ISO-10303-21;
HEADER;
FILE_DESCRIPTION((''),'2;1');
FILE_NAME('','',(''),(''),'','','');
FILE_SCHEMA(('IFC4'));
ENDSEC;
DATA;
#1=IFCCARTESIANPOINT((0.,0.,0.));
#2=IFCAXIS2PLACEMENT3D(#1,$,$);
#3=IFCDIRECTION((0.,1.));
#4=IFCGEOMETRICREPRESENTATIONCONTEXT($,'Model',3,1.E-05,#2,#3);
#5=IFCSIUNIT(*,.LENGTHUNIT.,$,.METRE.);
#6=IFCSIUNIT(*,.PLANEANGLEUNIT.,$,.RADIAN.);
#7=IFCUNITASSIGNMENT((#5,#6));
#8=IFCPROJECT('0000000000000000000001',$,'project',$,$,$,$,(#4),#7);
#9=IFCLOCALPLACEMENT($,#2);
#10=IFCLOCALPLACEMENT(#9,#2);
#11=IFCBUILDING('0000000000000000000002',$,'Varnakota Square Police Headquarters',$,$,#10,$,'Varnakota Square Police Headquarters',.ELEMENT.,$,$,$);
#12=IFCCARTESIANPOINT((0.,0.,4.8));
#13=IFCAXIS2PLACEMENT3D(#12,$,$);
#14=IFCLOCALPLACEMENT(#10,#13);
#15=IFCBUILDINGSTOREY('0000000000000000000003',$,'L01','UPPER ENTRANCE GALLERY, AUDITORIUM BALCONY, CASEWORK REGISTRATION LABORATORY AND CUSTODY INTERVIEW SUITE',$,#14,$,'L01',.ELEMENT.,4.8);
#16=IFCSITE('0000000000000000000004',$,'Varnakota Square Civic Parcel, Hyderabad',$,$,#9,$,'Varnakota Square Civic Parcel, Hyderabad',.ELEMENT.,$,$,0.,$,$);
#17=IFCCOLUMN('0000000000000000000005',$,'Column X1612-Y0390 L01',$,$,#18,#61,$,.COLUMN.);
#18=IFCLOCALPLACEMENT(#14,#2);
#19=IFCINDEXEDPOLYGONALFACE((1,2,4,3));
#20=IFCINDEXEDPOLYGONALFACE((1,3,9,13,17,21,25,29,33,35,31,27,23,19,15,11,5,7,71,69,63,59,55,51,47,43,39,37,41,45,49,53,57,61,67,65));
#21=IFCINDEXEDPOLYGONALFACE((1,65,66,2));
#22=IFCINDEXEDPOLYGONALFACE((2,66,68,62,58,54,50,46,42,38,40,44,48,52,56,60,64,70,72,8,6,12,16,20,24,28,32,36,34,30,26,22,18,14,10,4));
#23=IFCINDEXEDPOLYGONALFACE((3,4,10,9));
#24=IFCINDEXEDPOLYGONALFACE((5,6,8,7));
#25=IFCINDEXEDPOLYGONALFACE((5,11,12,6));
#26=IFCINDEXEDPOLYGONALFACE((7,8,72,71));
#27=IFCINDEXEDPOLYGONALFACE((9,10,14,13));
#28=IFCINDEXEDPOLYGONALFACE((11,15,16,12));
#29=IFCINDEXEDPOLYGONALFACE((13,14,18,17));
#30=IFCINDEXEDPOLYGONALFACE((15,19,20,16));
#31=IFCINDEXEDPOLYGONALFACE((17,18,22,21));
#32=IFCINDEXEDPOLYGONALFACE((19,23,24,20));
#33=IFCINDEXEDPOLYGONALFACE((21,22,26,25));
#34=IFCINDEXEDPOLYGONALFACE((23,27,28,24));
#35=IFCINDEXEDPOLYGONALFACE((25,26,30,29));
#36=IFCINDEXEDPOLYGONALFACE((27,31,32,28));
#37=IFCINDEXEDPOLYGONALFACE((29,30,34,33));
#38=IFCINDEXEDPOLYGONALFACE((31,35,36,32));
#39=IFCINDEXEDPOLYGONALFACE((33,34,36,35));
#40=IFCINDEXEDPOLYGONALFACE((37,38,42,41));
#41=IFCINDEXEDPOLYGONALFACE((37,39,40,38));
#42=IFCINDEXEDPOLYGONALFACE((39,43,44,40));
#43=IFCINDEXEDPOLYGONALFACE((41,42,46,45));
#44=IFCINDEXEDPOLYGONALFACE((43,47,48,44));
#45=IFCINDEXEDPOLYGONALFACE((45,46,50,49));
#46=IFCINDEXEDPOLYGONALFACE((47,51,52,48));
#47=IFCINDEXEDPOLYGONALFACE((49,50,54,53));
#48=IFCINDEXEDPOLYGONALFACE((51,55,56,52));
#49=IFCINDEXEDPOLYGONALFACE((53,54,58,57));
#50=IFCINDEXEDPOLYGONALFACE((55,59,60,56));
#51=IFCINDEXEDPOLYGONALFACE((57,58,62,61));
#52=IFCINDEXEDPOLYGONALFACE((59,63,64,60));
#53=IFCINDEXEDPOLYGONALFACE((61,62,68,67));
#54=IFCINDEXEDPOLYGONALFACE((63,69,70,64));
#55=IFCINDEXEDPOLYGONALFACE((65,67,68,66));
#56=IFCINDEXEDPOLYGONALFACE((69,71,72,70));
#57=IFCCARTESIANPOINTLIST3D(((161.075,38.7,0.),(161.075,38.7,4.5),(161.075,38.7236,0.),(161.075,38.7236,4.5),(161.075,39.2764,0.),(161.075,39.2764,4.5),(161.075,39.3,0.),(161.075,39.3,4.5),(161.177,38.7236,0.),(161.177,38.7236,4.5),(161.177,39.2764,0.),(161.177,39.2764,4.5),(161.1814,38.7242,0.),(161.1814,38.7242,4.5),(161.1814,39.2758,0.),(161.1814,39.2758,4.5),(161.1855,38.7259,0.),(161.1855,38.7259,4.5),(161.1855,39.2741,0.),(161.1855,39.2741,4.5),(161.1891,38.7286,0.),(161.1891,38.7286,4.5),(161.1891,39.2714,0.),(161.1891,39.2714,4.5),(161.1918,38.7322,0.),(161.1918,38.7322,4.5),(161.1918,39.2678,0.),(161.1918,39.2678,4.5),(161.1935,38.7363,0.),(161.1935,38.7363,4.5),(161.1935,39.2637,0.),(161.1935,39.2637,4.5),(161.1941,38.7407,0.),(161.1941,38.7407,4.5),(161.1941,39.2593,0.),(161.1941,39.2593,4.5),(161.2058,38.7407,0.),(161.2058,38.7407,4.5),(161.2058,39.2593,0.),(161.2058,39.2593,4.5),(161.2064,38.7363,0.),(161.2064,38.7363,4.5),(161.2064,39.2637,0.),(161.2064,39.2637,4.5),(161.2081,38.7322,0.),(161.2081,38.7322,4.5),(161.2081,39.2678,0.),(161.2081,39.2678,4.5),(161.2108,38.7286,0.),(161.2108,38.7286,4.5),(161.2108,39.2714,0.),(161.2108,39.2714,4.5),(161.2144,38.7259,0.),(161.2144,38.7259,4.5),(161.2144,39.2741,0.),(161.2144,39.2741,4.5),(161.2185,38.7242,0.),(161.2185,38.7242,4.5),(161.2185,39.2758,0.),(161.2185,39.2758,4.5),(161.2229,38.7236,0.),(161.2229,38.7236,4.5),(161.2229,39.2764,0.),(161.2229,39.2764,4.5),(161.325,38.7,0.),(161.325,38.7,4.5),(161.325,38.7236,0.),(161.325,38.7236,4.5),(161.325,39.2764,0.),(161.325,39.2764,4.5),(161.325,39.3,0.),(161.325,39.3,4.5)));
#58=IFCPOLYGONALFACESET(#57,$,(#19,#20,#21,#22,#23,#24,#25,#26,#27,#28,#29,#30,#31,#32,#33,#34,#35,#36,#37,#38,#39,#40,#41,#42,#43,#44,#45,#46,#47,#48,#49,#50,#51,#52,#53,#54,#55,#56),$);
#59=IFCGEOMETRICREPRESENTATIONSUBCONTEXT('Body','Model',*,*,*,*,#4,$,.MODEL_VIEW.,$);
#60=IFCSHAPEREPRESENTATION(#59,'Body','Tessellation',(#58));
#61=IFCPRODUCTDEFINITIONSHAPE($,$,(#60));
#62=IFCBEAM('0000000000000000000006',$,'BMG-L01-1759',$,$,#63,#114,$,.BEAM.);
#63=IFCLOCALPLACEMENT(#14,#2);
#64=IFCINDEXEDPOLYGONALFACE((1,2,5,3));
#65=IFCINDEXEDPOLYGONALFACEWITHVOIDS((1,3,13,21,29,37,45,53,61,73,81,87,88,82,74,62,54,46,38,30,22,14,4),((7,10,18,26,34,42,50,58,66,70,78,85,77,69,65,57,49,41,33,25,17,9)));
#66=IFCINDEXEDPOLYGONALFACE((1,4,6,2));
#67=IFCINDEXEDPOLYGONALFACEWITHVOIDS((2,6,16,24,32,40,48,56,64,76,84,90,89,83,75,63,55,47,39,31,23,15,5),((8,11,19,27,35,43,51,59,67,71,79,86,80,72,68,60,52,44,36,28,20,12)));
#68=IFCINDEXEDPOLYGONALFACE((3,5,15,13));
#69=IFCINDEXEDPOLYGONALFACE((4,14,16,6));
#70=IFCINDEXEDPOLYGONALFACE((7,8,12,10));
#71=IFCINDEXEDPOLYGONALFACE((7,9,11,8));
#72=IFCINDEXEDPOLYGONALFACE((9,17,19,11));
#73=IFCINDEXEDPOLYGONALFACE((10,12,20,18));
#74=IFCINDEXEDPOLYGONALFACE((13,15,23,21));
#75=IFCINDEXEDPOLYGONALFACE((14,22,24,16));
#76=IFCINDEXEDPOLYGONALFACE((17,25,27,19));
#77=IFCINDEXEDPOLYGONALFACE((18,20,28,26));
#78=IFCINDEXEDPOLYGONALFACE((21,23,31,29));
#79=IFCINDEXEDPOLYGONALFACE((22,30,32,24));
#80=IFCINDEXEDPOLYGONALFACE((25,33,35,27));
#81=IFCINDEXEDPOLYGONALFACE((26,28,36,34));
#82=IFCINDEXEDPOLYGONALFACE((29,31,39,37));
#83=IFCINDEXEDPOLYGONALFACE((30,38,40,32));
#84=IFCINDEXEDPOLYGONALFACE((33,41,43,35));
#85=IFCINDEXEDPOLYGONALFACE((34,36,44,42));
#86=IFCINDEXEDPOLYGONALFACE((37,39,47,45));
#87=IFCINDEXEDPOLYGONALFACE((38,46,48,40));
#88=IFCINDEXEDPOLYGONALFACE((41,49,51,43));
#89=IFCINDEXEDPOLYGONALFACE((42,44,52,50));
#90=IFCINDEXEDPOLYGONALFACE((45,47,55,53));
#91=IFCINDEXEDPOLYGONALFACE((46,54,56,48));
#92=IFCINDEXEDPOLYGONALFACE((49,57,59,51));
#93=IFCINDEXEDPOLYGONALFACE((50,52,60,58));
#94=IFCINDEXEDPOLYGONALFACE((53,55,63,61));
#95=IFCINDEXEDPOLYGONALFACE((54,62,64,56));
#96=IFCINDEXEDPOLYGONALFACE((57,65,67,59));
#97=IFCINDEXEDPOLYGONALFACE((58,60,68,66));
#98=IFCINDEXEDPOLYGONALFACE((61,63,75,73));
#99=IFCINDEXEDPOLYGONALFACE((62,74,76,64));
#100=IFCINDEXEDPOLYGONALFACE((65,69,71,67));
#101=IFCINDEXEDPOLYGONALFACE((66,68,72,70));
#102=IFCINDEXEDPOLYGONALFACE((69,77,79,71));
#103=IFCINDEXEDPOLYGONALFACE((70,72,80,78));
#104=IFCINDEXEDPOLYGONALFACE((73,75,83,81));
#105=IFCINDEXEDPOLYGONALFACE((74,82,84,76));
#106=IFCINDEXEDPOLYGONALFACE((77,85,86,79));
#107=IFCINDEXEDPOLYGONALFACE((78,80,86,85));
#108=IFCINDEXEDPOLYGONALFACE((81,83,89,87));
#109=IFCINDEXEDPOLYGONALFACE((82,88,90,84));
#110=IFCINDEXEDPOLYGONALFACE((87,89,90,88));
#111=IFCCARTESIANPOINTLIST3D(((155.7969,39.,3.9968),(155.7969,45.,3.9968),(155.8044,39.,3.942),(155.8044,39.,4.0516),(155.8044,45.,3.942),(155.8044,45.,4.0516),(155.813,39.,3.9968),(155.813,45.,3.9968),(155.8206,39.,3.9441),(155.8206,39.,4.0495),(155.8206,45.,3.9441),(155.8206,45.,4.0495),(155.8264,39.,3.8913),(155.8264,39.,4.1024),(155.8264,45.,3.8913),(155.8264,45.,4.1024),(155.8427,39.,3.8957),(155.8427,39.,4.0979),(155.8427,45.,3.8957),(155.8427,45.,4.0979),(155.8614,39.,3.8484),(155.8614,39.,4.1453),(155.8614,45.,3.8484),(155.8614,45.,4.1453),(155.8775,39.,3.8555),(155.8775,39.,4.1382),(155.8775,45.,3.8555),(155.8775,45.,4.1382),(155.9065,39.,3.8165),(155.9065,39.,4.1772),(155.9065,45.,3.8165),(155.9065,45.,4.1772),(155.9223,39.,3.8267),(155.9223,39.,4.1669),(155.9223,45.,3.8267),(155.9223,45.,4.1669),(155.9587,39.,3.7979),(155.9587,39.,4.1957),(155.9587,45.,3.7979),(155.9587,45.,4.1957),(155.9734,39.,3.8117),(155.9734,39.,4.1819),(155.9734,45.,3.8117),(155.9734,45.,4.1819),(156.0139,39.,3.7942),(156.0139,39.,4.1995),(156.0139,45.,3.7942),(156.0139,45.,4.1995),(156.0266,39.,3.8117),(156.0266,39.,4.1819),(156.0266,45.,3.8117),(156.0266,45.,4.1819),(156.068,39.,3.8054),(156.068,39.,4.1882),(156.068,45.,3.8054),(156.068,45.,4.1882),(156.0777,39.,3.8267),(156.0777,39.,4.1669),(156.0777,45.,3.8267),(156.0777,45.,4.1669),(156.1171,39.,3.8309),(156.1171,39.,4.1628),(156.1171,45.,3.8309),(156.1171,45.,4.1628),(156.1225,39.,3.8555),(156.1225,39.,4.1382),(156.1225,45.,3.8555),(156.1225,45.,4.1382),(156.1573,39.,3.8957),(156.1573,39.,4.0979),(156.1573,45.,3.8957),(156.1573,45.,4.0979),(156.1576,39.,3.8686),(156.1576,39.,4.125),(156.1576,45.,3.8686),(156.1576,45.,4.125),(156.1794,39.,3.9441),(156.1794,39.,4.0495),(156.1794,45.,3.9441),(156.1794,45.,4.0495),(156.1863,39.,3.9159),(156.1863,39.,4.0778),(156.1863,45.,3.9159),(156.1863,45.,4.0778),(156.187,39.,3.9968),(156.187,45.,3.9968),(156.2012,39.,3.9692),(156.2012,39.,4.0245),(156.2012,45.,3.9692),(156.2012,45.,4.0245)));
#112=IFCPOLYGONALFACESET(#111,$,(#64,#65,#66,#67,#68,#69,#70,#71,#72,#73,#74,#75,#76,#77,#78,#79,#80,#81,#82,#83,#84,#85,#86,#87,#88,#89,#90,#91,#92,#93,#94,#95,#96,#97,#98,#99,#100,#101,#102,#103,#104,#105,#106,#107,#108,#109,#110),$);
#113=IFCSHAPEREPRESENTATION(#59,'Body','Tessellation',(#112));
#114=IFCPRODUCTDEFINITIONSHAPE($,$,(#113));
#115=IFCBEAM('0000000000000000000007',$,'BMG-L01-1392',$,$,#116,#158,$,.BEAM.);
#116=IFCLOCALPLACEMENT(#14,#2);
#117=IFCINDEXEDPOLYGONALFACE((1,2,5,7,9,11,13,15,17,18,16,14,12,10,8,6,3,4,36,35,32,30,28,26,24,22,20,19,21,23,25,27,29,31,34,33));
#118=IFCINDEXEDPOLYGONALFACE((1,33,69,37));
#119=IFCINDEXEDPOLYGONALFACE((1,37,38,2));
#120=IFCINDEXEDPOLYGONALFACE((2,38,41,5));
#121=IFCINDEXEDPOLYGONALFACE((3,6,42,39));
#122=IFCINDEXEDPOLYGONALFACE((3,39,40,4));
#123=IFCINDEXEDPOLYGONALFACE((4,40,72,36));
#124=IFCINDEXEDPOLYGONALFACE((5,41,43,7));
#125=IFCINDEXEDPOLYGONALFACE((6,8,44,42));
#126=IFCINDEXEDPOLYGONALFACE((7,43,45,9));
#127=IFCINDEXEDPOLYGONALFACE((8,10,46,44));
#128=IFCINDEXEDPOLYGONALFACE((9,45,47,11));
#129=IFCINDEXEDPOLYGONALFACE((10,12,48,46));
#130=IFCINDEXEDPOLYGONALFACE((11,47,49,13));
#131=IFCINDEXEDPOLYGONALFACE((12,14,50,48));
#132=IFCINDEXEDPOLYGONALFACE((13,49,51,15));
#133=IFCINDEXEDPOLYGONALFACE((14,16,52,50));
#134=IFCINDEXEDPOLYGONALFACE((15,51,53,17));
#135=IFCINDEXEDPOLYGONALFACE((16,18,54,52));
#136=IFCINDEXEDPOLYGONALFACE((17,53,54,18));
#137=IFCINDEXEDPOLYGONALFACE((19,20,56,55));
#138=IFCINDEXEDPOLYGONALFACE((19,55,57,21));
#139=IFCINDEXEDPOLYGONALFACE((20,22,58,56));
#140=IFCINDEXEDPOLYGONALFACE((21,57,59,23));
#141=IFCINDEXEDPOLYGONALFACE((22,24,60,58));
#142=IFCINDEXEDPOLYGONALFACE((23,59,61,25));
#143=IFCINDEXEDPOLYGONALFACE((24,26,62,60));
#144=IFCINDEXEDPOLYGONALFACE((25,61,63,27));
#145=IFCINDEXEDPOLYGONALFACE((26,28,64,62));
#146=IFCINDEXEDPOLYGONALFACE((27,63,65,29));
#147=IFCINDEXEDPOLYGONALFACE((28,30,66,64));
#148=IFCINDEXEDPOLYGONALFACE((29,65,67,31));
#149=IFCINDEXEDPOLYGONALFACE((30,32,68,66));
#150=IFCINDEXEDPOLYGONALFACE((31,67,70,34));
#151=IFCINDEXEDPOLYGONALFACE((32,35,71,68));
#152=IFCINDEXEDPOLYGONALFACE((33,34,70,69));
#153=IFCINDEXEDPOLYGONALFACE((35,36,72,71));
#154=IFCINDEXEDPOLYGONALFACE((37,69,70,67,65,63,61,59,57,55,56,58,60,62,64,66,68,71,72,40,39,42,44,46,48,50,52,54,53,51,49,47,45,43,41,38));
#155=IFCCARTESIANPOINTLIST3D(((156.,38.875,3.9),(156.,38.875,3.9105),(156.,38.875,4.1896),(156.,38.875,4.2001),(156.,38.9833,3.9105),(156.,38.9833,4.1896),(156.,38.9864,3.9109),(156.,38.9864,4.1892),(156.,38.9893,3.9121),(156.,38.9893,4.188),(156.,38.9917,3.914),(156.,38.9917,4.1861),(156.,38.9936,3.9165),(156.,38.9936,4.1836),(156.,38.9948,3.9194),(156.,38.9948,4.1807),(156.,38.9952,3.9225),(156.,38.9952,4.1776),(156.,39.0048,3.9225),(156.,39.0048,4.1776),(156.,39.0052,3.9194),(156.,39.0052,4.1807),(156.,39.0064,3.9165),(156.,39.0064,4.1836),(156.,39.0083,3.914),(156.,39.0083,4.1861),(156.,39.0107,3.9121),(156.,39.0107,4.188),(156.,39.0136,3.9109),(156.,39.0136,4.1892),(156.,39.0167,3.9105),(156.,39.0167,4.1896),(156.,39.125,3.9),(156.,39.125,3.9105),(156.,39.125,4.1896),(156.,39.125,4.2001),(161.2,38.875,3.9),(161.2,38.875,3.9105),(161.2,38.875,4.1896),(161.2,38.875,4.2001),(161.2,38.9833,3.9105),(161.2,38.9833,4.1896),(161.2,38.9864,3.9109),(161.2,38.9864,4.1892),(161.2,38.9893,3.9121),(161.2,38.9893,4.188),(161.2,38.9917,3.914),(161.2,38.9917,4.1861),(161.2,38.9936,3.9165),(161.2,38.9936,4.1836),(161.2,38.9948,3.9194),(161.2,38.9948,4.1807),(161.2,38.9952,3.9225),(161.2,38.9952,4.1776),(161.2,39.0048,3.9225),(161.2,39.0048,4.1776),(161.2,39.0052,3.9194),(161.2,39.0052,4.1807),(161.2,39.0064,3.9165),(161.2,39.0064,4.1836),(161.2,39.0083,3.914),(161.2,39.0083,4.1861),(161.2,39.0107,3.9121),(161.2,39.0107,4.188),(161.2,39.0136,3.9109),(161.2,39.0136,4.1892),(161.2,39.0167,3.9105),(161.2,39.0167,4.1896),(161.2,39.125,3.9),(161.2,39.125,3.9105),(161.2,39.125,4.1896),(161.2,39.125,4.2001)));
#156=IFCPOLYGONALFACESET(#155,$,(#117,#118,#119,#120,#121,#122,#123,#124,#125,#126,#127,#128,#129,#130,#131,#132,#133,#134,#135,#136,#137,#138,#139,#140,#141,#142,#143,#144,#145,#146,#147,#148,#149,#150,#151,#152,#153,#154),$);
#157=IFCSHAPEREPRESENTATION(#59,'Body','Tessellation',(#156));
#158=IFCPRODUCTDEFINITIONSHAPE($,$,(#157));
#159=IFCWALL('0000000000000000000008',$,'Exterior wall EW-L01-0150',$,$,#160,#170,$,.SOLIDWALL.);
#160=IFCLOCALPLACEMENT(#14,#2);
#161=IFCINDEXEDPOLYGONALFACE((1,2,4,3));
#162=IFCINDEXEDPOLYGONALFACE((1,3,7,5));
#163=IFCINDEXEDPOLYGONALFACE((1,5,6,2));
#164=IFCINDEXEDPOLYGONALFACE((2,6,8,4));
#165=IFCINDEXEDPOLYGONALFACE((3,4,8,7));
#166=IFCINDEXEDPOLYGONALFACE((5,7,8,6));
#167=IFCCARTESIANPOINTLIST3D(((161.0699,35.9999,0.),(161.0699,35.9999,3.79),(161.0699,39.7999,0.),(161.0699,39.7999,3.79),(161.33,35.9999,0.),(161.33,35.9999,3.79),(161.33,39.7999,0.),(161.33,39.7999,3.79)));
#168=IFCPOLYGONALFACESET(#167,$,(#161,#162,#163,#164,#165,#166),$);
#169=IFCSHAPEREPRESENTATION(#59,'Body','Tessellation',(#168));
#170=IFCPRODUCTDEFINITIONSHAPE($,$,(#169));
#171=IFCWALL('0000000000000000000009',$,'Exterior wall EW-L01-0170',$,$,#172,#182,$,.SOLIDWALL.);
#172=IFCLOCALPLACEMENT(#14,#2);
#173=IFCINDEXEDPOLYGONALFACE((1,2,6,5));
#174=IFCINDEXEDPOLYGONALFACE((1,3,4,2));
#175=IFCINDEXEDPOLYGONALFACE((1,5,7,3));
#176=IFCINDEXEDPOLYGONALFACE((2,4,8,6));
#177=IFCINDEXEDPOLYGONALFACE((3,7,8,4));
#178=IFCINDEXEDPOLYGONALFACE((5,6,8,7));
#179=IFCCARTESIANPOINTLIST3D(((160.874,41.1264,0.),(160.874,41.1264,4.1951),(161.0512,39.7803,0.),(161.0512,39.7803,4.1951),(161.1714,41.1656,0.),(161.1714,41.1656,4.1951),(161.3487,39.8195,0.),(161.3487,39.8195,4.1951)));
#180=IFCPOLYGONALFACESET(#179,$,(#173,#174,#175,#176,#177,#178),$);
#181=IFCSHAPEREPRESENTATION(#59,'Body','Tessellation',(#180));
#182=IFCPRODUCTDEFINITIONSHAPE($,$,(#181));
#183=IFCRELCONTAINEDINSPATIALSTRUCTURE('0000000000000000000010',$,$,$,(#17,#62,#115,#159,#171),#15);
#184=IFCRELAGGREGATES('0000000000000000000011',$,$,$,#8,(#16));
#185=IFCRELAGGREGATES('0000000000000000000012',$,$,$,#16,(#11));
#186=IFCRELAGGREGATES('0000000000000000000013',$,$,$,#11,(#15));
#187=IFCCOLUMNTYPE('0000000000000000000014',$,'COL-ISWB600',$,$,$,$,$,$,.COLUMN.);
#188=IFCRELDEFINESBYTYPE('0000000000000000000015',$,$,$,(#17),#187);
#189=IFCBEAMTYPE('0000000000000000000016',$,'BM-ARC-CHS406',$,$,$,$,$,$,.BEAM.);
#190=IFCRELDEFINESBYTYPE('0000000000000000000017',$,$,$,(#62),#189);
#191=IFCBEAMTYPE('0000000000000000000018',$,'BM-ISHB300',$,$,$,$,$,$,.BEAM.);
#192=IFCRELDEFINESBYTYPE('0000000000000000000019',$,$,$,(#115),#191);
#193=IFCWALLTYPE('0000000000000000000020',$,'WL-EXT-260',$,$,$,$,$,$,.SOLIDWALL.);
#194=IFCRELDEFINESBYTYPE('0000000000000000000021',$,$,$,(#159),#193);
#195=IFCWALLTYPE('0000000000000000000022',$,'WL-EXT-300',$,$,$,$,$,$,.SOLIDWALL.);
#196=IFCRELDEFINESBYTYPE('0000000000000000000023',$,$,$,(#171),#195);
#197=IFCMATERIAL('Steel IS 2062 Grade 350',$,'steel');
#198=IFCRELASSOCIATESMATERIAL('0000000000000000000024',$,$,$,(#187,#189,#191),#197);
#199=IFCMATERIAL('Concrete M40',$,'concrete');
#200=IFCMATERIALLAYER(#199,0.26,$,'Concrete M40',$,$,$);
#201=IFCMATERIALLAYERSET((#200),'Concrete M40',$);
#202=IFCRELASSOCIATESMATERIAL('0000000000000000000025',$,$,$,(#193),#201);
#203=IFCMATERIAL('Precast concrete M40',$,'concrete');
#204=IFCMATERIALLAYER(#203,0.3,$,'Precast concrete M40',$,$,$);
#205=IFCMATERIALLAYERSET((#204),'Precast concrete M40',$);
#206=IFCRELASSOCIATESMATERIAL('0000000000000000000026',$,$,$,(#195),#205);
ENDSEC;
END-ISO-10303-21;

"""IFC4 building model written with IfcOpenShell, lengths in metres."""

from ifc_helpers import new_model, si_unit, direction, frame, frame_2d, origin, origin_2d, place, context, subcontext, project, spatial, rectangle, hollow_circle, i_section, extrude, material, layer, layer_set, material_profile, profile_set, type_object, element, save


model = new_model("IFC4")

# Units and contexts
model_context = context("Model", 3, precision=1e-05, world=origin(), true_north=direction((0.0, 1.0)))
body_context = subcontext(model_context, "Body", "Model", "MODEL_VIEW")
ifc_project = project(units=[si_unit("LENGTHUNIT", "METRE"), si_unit("PLANEANGLEUNIT", "RADIAN")], contexts=[model_context])

# Site, building, storey
site_placement = place(None, origin())
site = spatial("IfcSite", under=ifc_project, at=site_placement, Name="Varnakota Square Civic Parcel, Hyderabad", LongName="Varnakota Square Civic Parcel, Hyderabad", CompositionType="ELEMENT", RefElevation=0.0)
building_placement = place(site_placement, origin())
building = spatial("IfcBuilding", under=site, at=building_placement, Name="Varnakota Square Police Headquarters", LongName="Varnakota Square Police Headquarters", CompositionType="ELEMENT")
storey_placement = place(building_placement, frame((0.0, 0.0, 4.8)))
storey = spatial("IfcBuildingStorey", under=building, at=storey_placement, Name="L01", Description="UPPER ENTRANCE GALLERY, AUDITORIUM BALCONY, CASEWORK REGISTRATION LABORATORY AND CUSTODY INTERVIEW SUITE", LongName="L01", CompositionType="ELEMENT", Elevation=4.8)

# Column
ifc_material_1 = material(Name="Steel IS 2062 Grade 350", Category="steel")
ifc_material_profile_1 = material_profile(ifc_material_1, i_section(OverallWidth=0.25, OverallDepth=0.6001, WebThickness=0.0117, FlangeThickness=0.0237, FilletRadius=0.0171, at=origin_2d()), Name="ISWB 600")
ifc_profile_set_1 = profile_set([ifc_material_profile_1], Name="Steel IS 2062 Grade 350")
column_type = type_object("IfcColumnType", Name="COL-ISWB600", PredefinedType="COLUMN", material=ifc_profile_set_1)
column_placement = place(storey_placement, frame((161.2, 39.0, 0.0), z_axis=(0.0, 0.0, 1.0), x_axis=(1.0, 0.0, 0.0)))
element("IfcColumn", 1, at=column_placement, inside=storey, type_object=column_type, Name="Column X1612-Y0390 L01", PredefinedType="COLUMN", context=body_context, shape_type="SweptSolid", body=[
    extrude(i_section(OverallWidth=0.25, OverallDepth=0.6001, WebThickness=0.0117, FlangeThickness=0.0237, FilletRadius=0.0171, at=origin_2d()), origin(), (0.0, 0.0, 1.0), 4.5),
])

# Beams
ifc_material_profile_2 = material_profile(ifc_material_1, hollow_circle(Radius=0.2031, WallThickness=0.0161, at=origin_2d()), Name="CHS 406.4x16.0")
ifc_profile_set_2 = profile_set([ifc_material_profile_2], Name="Steel IS 2062 Grade 350")
beam_type_1 = type_object("IfcBeamType", Name="BM-ARC-CHS406", PredefinedType="BEAM", material=ifc_profile_set_2)
beam_1_placement = place(storey_placement, frame((156.0, 39.0, 3.9968), z_axis=(0.0, 1.0, 0.0), x_axis=(-1.0, 0.0, 0.0)))
element("IfcBeam", 2, at=beam_1_placement, inside=storey, type_object=beam_type_1, Name="BMG-L01-1759", PredefinedType="BEAM", context=body_context, shape_type="SweptSolid", body=[
    extrude(hollow_circle(Radius=0.2031, WallThickness=0.0161, at=origin_2d()), origin(), (0.0, 0.0, 1.0), 6.0),
])
ifc_material_profile_3 = material_profile(ifc_material_1, i_section(OverallWidth=0.25, OverallDepth=0.3, WebThickness=0.0095, FlangeThickness=0.0105, FilletRadius=0.012, at=origin_2d()), Name="ISHB 300")
ifc_profile_set_3 = profile_set([ifc_material_profile_3], Name="Steel IS 2062 Grade 350")
beam_type_2 = type_object("IfcBeamType", Name="BM-ISHB300", PredefinedType="BEAM", material=ifc_profile_set_3)
beam_2_placement = place(storey_placement, frame((156.0, 39.0, 4.05), z_axis=(1.0, 0.0, 0.0), x_axis=(0.0, 1.0, 0.0)))
element("IfcBeam", 3, at=beam_2_placement, inside=storey, type_object=beam_type_2, Name="BMG-L01-1392", PredefinedType="BEAM", context=body_context, shape_type="SweptSolid", body=[
    extrude(i_section(OverallWidth=0.25, OverallDepth=0.3, WebThickness=0.0095, FlangeThickness=0.0105, FilletRadius=0.012, at=origin_2d()), origin(), (0.0, 0.0, 1.0), 5.2),
])

# Walls
ifc_material_2 = material(Name="Concrete M40", Category="concrete")
ifc_layer_1 = layer(ifc_material_2, 0.26, Name="Concrete M40")
ifc_layer_set_1 = layer_set([ifc_layer_1], Name="Concrete M40")
wall_type_1 = type_object("IfcWallType", Name="WL-EXT-260", PredefinedType="SOLIDWALL", material=ifc_layer_set_1)
wall_1_placement = place(storey_placement, frame((161.2, 36.0, 0.0), z_axis=(0.0, 0.0, 1.0), x_axis=(0.0, 1.0, 0.0)))
element("IfcWall", 4, at=wall_1_placement, inside=storey, type_object=wall_type_1, Name="Exterior wall EW-L01-0150", PredefinedType="SOLIDWALL", context=body_context, shape_type="SweptSolid", body=[
    extrude(rectangle(XDim=3.8, YDim=0.26, at=frame_2d((1.8999, 0.0))), origin(), (0.0, 0.0, 1.0), 3.79),
])
ifc_material_3 = material(Name="Precast concrete M40", Category="concrete")
ifc_layer_2 = layer(ifc_material_3, 0.3, Name="Precast concrete M40")
ifc_layer_set_2 = layer_set([ifc_layer_2], Name="Precast concrete M40")
wall_type_2 = type_object("IfcWallType", Name="WL-EXT-300", PredefinedType="SOLIDWALL", material=ifc_layer_set_2)
wall_2_placement = place(storey_placement, frame((161.2, 39.8, 0.0), z_axis=(0.0, 0.0, 1.0), x_axis=(-0.130562, 0.99144, 0.0)))
element("IfcWall", 5, at=wall_2_placement, inside=storey, type_object=wall_type_2, Name="Exterior wall EW-L01-0170", PredefinedType="SOLIDWALL", context=body_context, shape_type="SweptSolid", body=[
    extrude(rectangle(XDim=1.3577, YDim=0.3, at=frame_2d((0.6787, 0.0))), origin(), (0.0, 0.0, 1.0), 4.1951),
])

save(model, "model.ifc")
